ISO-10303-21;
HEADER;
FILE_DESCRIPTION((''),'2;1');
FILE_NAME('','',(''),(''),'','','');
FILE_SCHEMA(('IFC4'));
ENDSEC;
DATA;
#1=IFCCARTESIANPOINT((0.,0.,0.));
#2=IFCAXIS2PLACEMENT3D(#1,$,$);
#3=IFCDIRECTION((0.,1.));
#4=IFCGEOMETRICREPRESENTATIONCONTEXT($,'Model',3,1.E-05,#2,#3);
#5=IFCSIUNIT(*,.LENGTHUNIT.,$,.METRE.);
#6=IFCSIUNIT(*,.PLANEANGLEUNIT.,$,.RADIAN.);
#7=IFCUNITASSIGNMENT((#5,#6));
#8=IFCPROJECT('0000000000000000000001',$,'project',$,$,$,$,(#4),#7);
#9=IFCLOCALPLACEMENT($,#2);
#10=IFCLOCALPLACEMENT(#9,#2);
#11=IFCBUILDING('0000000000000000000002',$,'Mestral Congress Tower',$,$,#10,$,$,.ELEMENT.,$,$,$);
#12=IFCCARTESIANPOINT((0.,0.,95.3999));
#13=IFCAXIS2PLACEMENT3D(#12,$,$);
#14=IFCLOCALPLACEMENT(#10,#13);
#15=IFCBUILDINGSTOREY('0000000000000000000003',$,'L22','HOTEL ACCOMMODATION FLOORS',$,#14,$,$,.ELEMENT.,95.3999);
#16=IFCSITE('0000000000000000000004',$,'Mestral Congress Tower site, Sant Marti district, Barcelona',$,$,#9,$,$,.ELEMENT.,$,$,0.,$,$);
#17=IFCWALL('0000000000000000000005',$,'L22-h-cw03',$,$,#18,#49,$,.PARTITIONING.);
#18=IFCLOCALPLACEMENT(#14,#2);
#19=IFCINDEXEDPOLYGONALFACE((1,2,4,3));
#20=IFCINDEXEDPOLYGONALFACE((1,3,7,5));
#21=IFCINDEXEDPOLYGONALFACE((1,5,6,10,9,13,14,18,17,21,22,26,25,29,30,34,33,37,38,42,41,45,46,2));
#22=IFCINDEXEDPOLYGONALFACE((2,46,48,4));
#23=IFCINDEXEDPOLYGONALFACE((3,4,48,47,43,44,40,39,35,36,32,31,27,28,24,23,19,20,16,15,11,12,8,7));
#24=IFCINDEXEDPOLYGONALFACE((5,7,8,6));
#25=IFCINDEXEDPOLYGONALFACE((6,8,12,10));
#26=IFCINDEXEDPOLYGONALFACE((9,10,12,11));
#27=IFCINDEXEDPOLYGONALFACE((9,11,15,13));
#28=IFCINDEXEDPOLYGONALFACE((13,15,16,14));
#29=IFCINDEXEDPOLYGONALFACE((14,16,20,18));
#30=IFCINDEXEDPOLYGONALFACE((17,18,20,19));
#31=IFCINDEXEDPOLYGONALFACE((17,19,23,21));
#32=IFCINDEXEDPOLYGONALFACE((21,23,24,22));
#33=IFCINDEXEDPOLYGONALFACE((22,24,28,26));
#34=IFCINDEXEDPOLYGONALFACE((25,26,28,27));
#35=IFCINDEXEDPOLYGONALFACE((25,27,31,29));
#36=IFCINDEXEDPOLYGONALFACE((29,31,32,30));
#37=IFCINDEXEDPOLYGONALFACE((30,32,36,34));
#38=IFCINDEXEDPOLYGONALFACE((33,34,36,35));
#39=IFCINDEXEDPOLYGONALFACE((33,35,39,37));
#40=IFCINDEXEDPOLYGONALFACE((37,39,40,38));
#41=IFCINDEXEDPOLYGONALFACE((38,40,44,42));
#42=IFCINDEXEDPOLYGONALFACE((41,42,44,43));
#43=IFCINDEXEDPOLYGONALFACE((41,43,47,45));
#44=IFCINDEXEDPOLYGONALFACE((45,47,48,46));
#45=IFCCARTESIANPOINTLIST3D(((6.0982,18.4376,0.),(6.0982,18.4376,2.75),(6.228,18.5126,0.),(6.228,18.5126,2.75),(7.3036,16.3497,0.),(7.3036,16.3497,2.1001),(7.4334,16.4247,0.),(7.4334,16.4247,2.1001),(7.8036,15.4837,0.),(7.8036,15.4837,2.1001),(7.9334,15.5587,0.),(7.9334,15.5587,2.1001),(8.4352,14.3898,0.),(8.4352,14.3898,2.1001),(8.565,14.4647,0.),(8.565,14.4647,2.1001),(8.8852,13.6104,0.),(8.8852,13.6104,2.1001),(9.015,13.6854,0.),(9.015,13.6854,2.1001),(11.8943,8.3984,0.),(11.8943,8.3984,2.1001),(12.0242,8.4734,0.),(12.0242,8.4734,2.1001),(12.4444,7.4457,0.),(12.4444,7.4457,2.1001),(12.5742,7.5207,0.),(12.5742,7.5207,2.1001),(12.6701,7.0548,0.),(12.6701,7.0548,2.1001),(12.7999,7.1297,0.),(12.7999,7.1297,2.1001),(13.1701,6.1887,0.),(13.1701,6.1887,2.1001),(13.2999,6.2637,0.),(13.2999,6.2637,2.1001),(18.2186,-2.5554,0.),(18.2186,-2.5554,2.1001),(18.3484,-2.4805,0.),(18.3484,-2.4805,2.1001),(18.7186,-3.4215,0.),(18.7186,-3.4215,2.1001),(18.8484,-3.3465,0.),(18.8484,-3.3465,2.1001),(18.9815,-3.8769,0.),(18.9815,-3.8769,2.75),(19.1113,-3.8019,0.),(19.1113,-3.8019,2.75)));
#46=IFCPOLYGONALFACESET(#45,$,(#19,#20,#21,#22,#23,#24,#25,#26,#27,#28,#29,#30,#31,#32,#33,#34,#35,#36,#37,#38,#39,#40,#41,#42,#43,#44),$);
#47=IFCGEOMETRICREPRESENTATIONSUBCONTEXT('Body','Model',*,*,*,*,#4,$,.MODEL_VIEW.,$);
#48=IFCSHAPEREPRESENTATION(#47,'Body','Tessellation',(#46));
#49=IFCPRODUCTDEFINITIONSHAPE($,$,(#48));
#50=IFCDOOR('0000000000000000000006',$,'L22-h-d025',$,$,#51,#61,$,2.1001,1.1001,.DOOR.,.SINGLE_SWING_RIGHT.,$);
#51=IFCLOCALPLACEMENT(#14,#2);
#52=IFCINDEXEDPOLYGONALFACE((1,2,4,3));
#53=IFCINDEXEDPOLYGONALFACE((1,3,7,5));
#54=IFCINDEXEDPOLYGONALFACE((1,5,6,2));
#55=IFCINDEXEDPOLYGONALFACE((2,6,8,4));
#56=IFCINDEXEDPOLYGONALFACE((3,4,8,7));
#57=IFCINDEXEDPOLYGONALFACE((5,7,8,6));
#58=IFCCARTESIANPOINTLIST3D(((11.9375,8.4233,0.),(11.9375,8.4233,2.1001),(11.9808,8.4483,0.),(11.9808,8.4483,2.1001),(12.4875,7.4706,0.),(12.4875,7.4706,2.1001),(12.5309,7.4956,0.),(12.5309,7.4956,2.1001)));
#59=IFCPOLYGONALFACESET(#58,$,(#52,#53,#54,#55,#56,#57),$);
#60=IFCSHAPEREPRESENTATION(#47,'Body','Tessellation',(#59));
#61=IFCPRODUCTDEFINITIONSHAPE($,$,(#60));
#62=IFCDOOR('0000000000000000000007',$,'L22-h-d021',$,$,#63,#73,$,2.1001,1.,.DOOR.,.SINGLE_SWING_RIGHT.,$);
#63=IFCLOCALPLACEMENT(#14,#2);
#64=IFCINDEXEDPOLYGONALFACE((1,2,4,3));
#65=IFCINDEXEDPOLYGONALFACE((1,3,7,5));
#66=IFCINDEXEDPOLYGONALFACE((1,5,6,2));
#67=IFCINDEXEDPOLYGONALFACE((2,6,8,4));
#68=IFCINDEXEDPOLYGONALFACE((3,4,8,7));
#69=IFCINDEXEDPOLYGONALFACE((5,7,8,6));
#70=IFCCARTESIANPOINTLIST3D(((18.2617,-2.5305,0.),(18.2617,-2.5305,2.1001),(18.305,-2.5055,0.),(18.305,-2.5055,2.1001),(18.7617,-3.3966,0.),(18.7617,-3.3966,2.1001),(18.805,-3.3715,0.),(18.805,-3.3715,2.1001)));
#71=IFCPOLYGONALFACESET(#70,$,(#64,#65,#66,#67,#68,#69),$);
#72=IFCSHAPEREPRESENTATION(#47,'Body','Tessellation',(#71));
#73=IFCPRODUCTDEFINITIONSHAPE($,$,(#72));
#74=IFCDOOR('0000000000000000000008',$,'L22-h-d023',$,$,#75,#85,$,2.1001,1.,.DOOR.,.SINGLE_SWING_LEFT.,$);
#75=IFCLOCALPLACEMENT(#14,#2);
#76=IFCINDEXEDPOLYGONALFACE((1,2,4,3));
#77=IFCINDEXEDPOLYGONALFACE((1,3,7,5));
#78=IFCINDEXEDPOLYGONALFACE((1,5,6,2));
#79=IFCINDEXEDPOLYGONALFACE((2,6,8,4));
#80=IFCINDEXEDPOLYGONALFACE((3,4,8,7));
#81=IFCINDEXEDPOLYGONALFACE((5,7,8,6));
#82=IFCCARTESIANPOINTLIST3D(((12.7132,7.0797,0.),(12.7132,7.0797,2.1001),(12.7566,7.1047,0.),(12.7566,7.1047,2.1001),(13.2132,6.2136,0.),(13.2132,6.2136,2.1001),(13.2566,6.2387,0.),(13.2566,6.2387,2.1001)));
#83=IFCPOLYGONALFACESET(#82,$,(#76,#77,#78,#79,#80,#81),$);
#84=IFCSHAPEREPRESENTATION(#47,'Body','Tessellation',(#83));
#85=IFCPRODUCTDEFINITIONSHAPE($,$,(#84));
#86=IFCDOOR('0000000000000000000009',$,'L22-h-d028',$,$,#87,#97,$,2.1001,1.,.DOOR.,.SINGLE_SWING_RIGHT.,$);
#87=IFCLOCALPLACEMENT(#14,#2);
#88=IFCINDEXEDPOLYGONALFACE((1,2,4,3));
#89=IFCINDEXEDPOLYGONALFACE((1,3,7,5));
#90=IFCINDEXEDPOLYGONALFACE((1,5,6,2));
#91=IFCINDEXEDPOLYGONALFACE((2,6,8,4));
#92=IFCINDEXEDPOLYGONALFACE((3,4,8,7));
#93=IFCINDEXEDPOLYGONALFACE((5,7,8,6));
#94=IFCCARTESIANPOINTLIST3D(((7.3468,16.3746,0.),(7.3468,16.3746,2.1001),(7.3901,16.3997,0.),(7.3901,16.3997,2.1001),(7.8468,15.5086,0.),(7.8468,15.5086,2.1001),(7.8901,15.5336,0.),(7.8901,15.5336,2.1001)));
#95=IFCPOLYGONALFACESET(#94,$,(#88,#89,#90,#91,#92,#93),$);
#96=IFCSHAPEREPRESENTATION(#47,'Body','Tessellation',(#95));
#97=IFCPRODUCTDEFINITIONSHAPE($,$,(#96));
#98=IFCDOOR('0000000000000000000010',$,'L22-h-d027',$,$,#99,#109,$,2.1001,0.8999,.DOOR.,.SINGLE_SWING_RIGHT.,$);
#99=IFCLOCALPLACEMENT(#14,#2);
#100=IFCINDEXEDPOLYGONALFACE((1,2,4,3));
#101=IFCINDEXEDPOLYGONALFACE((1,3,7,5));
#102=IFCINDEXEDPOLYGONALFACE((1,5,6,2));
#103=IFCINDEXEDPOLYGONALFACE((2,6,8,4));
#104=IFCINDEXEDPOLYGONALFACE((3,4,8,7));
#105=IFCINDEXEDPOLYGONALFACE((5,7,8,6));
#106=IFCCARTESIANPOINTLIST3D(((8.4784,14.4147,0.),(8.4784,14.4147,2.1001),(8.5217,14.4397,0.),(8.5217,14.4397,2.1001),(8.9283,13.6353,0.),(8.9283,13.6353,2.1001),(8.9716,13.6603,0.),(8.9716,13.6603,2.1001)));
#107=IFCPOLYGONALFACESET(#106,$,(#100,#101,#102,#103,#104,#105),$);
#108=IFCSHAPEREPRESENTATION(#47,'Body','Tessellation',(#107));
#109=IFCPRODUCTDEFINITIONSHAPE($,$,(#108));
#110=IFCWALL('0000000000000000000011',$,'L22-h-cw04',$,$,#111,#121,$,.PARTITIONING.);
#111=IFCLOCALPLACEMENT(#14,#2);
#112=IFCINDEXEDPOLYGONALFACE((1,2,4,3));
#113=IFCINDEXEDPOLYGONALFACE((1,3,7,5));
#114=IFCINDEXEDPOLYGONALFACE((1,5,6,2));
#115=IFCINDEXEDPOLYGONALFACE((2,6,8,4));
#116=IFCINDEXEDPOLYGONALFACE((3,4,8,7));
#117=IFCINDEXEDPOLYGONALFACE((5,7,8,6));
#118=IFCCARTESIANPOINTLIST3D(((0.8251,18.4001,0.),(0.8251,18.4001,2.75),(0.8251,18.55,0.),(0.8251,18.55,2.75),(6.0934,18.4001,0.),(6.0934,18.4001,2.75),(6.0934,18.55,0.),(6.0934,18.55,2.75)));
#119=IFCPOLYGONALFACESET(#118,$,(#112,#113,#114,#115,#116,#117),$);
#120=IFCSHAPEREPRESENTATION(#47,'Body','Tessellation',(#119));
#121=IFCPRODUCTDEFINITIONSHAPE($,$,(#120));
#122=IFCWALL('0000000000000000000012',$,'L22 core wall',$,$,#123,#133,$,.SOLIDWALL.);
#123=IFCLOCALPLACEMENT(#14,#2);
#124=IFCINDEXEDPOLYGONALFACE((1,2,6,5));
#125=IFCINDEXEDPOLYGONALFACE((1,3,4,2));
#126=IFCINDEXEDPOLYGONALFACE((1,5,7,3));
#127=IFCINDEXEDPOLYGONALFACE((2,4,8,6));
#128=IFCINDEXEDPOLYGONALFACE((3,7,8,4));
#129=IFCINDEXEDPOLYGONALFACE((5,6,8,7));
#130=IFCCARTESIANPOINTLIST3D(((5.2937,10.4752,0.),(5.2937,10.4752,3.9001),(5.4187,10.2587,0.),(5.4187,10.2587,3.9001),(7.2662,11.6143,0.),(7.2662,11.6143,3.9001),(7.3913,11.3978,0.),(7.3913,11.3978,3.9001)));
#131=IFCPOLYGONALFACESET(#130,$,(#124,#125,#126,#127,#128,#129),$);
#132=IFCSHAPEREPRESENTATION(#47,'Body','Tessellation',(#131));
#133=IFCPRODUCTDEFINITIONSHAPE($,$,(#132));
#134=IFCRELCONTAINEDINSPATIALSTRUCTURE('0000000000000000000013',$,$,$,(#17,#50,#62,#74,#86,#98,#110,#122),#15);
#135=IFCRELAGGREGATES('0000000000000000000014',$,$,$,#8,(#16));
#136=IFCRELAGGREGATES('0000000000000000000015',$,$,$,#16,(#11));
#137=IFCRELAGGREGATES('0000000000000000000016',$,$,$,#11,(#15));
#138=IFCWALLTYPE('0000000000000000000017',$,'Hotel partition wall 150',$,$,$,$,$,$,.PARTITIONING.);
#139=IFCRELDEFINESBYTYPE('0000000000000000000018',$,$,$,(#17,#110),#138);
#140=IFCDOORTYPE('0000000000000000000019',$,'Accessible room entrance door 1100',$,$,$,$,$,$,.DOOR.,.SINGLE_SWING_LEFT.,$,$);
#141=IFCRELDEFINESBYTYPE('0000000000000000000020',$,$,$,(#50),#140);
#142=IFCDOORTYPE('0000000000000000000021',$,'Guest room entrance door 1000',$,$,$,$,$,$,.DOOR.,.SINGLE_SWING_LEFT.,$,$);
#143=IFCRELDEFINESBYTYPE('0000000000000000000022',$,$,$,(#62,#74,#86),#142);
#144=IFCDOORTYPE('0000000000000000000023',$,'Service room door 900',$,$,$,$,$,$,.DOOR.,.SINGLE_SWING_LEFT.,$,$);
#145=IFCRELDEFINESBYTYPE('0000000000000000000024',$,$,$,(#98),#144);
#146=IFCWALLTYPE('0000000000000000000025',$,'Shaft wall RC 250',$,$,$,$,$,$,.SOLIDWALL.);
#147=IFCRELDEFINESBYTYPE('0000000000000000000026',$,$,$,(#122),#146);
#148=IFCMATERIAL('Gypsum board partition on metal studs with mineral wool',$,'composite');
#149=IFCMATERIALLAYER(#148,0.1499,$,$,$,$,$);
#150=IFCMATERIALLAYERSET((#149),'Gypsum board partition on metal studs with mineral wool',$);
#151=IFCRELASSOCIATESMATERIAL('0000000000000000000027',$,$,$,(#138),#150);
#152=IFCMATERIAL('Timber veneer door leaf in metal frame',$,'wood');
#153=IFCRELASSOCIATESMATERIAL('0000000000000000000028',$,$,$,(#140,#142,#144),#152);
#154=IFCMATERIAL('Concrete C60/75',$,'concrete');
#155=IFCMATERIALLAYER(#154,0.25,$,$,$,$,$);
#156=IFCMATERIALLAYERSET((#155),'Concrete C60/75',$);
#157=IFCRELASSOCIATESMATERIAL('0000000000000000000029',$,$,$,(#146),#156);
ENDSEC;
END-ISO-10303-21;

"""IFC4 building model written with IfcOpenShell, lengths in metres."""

from ifc_helpers import new_model, si_unit, direction, frame, frame_2d, origin, place, context, subcontext, project, spatial, rectangle, extrude, material, layer, layer_set, type_object, element, fill, save


model = new_model("IFC4")

# Units and contexts
model_context = context("Model", 3, precision=1e-05, world=origin(), true_north=direction((0.0, 1.0)))
body_context = subcontext(model_context, "Body", "Model", "MODEL_VIEW")
ifc_project = project(units=[si_unit("LENGTHUNIT", "METRE"), si_unit("PLANEANGLEUNIT", "RADIAN")], contexts=[model_context])

# Site, building, storey
site_placement = place(None, origin())
site = spatial("IfcSite", under=ifc_project, at=site_placement, Name="Mestral Congress Tower site, Sant Marti district, Barcelona", CompositionType="ELEMENT", RefElevation=0.0)
building_placement = place(site_placement, origin())
building = spatial("IfcBuilding", under=site, at=building_placement, Name="Mestral Congress Tower", CompositionType="ELEMENT")
storey_placement = place(building_placement, frame((0.0, 0.0, 95.3999)))
storey = spatial("IfcBuildingStorey", under=building, at=storey_placement, Name="L22", Description="HOTEL ACCOMMODATION FLOORS", CompositionType="ELEMENT", Elevation=95.3999)

# Shared definitions
ifc_material_1 = material(Name="Concrete C60/75", Category="concrete")

# Shared definitions
ifc_material_2 = material(Name="Gypsum board partition on metal studs with mineral wool", Category="composite")

# Wall, openings, doors
ifc_layer_1 = layer(ifc_material_2, 0.1499)
ifc_layer_set_1 = layer_set([ifc_layer_1], Name="Gypsum board partition on metal studs with mineral wool")
wall_type_1 = type_object("IfcWallType", Name="Hotel partition wall 150", PredefinedType="PARTITIONING", material=ifc_layer_set_1)
wall_1_placement = place(storey_placement, frame((6.1631, 18.4751, 0.0), z_axis=(0.0, 0.0, 1.0), x_axis=(0.500001, -0.866025, 0.0)))
wall_1 = element("IfcWall", 1, at=wall_1_placement, inside=storey, type_object=wall_type_1, Name="L22-h-cw03", PredefinedType="PARTITIONING", context=body_context, shape_type="SweptSolid", body=[
    extrude(rectangle(XDim=25.7666, YDim=0.1499, at=frame_2d((12.8833, 0.0))), origin(), (0.0, 0.0, 1.0), 2.75),
])
opening_1_placement = place(wall_1_placement, frame((24.2407, 0.0, 0.0)))
opening_1 = element("IfcOpeningElement", 2, at=opening_1_placement, cuts=wall_1, PredefinedType="OPENING", context=body_context, shape_type="SweptSolid", body=[
    extrude(rectangle(XDim=1.0, YDim=2.1001, at=frame_2d((0.5, 1.05))), frame((0.0, 0.085, 0.0), z_axis=(0.0, -1.0, 0.0), x_axis=(1.0, 0.0, 0.0)), (0.0, 0.0, 1.0), 0.1699),
])
opening_2_placement = place(wall_1_placement, frame((13.1438, 0.0, 0.0)))
opening_2 = element("IfcOpeningElement", 3, at=opening_2_placement, cuts=wall_1, PredefinedType="OPENING", context=body_context, shape_type="SweptSolid", body=[
    extrude(rectangle(XDim=1.0, YDim=2.1001, at=frame_2d((0.5, 1.05))), frame((0.0, 0.085, 0.0), z_axis=(0.0, -1.0, 0.0), x_axis=(1.0, 0.0, 0.0)), (0.0, 0.0, 1.0), 0.1699),
])
opening_3_placement = place(wall_1_placement, frame((11.5923, 0.0, 0.0)))
opening_3 = element("IfcOpeningElement", 4, at=opening_3_placement, cuts=wall_1, PredefinedType="OPENING", context=body_context, shape_type="SweptSolid", body=[
    extrude(rectangle(XDim=1.1001, YDim=2.1001, at=frame_2d((0.55, 1.05))), frame((0.0, 0.085, 0.0), z_axis=(0.0, -1.0, 0.0), x_axis=(1.0, 0.0, 0.0)), (0.0, 0.0, 1.0), 0.1699),
])
opening_4_placement = place(wall_1_placement, frame((4.6741, 0.0, 0.0)))
opening_4 = element("IfcOpeningElement", 5, at=opening_4_placement, cuts=wall_1, PredefinedType="OPENING", context=body_context, shape_type="SweptSolid", body=[
    extrude(rectangle(XDim=0.8999, YDim=2.1001, at=frame_2d((0.45, 1.05))), frame((0.0, 0.085, 0.0), z_axis=(0.0, -1.0, 0.0), x_axis=(1.0, 0.0, 0.0)), (0.0, 0.0, 1.0), 0.1699),
])
opening_5_placement = place(wall_1_placement, frame((2.4109, 0.0, 0.0)))
opening_5 = element("IfcOpeningElement", 6, at=opening_5_placement, cuts=wall_1, PredefinedType="OPENING", context=body_context, shape_type="SweptSolid", body=[
    extrude(rectangle(XDim=1.0, YDim=2.1001, at=frame_2d((0.5, 1.05))), frame((0.0, 0.085, 0.0), z_axis=(0.0, -1.0, 0.0), x_axis=(1.0, 0.0, 0.0)), (0.0, 0.0, 1.0), 0.1699),
])
ifc_material_3 = material(Name="Timber veneer door leaf in metal frame", Category="wood")
door_type_1 = type_object("IfcDoorType", Name="Accessible room entrance door 1100", OperationType="SINGLE_SWING_LEFT", PredefinedType="DOOR", material=ifc_material_3)
door_1_placement = place(opening_3_placement, origin())
door_1 = element("IfcDoor", 7, at=door_1_placement, inside=storey, type_object=door_type_1, Name="L22-h-d025", OperationType="SINGLE_SWING_RIGHT", OverallHeight=2.1001, OverallWidth=1.1001, PredefinedType="DOOR", context=body_context, shape_type="SweptSolid", body=[
    extrude(rectangle(XDim=1.1001, YDim=2.1001, at=frame_2d((0.55, 1.05))), frame((0.0, 0.0249, 0.0), z_axis=(0.0, -1.0, 0.0), x_axis=(1.0, 0.0, 0.0)), (0.0, 0.0, 1.0), 0.05),
])
fill(opening_3, door_1)
door_type_2 = type_object("IfcDoorType", Name="Guest room entrance door 1000", OperationType="SINGLE_SWING_LEFT", PredefinedType="DOOR", material=ifc_material_3)
door_2_placement = place(opening_1_placement, origin())
door_2 = element("IfcDoor", 8, at=door_2_placement, inside=storey, type_object=door_type_2, Name="L22-h-d021", OperationType="SINGLE_SWING_RIGHT", OverallHeight=2.1001, OverallWidth=1.0, PredefinedType="DOOR", context=body_context, shape_type="SweptSolid", body=[
    extrude(rectangle(XDim=1.0, YDim=2.1001, at=frame_2d((0.5, 1.05))), frame((0.0, 0.0249, 0.0), z_axis=(0.0, -1.0, 0.0), x_axis=(1.0, 0.0, 0.0)), (0.0, 0.0, 1.0), 0.05),
])
fill(opening_1, door_2)
door_3_placement = place(opening_2_placement, origin())
door_3 = element("IfcDoor", 9, at=door_3_placement, inside=storey, type_object=door_type_2, Name="L22-h-d023", OperationType="SINGLE_SWING_LEFT", OverallHeight=2.1001, OverallWidth=1.0, PredefinedType="DOOR", context=body_context, shape_type="SweptSolid", body=[
    extrude(rectangle(XDim=1.0, YDim=2.1001, at=frame_2d((0.5, 1.05))), frame((0.0, 0.0249, 0.0), z_axis=(0.0, -1.0, 0.0), x_axis=(1.0, 0.0, 0.0)), (0.0, 0.0, 1.0), 0.05),
])
fill(opening_2, door_3)
door_4_placement = place(opening_5_placement, origin())
door_4 = element("IfcDoor", 10, at=door_4_placement, inside=storey, type_object=door_type_2, Name="L22-h-d028", OperationType="SINGLE_SWING_RIGHT", OverallHeight=2.1001, OverallWidth=1.0, PredefinedType="DOOR", context=body_context, shape_type="SweptSolid", body=[
    extrude(rectangle(XDim=1.0, YDim=2.1001, at=frame_2d((0.5, 1.05))), frame((0.0, 0.0249, 0.0), z_axis=(0.0, -1.0, 0.0), x_axis=(1.0, 0.0, 0.0)), (0.0, 0.0, 1.0), 0.05),
])
fill(opening_5, door_4)
door_type_3 = type_object("IfcDoorType", Name="Service room door 900", OperationType="SINGLE_SWING_LEFT", PredefinedType="DOOR", material=ifc_material_3)
door_5_placement = place(opening_4_placement, origin())
door_5 = element("IfcDoor", 11, at=door_5_placement, inside=storey, type_object=door_type_3, Name="L22-h-d027", OperationType="SINGLE_SWING_RIGHT", OverallHeight=2.1001, OverallWidth=0.8999, PredefinedType="DOOR", context=body_context, shape_type="SweptSolid", body=[
    extrude(rectangle(XDim=0.8999, YDim=2.1001, at=frame_2d((0.45, 1.05))), frame((0.0, 0.0249, 0.0), z_axis=(0.0, -1.0, 0.0), x_axis=(1.0, 0.0, 0.0)), (0.0, 0.0, 1.0), 0.05),
])
fill(opening_4, door_5)

# Walls
wall_2_placement = place(storey_placement, frame((0.825, 18.4751, 0.0), z_axis=(0.0, 0.0, 1.0), x_axis=(1.0, 0.0, 0.0)))
element("IfcWall", 12, at=wall_2_placement, inside=storey, type_object=wall_type_1, Name="L22-h-cw04", PredefinedType="PARTITIONING", context=body_context, shape_type="SweptSolid", body=[
    extrude(rectangle(XDim=5.2683, YDim=0.1499, at=frame_2d((2.6343, 0.0))), origin(), (0.0, 0.0, 1.0), 2.75),
])
ifc_layer_2 = layer(ifc_material_1, 0.25)
ifc_layer_set_2 = layer_set([ifc_layer_2], Name="Concrete C60/75")
wall_type_2 = type_object("IfcWallType", Name="Shaft wall RC 250", PredefinedType="SOLIDWALL", material=ifc_layer_set_2)
wall_3_placement = place(storey_placement, frame((5.3562, 10.3669, 0.0), z_axis=(0.0, 0.0, 1.0), x_axis=(0.865979, 0.500081, 0.0)))
element("IfcWall", 13, at=wall_3_placement, inside=storey, type_object=wall_type_2, Name="L22 core wall", PredefinedType="SOLIDWALL", context=body_context, shape_type="SweptSolid", body=[
    extrude(rectangle(XDim=2.2778, YDim=0.25, at=frame_2d((1.1389, 0.0))), origin(), (0.0, 0.0, 1.0), 3.9001),
])

save(model, "model.ifc")
